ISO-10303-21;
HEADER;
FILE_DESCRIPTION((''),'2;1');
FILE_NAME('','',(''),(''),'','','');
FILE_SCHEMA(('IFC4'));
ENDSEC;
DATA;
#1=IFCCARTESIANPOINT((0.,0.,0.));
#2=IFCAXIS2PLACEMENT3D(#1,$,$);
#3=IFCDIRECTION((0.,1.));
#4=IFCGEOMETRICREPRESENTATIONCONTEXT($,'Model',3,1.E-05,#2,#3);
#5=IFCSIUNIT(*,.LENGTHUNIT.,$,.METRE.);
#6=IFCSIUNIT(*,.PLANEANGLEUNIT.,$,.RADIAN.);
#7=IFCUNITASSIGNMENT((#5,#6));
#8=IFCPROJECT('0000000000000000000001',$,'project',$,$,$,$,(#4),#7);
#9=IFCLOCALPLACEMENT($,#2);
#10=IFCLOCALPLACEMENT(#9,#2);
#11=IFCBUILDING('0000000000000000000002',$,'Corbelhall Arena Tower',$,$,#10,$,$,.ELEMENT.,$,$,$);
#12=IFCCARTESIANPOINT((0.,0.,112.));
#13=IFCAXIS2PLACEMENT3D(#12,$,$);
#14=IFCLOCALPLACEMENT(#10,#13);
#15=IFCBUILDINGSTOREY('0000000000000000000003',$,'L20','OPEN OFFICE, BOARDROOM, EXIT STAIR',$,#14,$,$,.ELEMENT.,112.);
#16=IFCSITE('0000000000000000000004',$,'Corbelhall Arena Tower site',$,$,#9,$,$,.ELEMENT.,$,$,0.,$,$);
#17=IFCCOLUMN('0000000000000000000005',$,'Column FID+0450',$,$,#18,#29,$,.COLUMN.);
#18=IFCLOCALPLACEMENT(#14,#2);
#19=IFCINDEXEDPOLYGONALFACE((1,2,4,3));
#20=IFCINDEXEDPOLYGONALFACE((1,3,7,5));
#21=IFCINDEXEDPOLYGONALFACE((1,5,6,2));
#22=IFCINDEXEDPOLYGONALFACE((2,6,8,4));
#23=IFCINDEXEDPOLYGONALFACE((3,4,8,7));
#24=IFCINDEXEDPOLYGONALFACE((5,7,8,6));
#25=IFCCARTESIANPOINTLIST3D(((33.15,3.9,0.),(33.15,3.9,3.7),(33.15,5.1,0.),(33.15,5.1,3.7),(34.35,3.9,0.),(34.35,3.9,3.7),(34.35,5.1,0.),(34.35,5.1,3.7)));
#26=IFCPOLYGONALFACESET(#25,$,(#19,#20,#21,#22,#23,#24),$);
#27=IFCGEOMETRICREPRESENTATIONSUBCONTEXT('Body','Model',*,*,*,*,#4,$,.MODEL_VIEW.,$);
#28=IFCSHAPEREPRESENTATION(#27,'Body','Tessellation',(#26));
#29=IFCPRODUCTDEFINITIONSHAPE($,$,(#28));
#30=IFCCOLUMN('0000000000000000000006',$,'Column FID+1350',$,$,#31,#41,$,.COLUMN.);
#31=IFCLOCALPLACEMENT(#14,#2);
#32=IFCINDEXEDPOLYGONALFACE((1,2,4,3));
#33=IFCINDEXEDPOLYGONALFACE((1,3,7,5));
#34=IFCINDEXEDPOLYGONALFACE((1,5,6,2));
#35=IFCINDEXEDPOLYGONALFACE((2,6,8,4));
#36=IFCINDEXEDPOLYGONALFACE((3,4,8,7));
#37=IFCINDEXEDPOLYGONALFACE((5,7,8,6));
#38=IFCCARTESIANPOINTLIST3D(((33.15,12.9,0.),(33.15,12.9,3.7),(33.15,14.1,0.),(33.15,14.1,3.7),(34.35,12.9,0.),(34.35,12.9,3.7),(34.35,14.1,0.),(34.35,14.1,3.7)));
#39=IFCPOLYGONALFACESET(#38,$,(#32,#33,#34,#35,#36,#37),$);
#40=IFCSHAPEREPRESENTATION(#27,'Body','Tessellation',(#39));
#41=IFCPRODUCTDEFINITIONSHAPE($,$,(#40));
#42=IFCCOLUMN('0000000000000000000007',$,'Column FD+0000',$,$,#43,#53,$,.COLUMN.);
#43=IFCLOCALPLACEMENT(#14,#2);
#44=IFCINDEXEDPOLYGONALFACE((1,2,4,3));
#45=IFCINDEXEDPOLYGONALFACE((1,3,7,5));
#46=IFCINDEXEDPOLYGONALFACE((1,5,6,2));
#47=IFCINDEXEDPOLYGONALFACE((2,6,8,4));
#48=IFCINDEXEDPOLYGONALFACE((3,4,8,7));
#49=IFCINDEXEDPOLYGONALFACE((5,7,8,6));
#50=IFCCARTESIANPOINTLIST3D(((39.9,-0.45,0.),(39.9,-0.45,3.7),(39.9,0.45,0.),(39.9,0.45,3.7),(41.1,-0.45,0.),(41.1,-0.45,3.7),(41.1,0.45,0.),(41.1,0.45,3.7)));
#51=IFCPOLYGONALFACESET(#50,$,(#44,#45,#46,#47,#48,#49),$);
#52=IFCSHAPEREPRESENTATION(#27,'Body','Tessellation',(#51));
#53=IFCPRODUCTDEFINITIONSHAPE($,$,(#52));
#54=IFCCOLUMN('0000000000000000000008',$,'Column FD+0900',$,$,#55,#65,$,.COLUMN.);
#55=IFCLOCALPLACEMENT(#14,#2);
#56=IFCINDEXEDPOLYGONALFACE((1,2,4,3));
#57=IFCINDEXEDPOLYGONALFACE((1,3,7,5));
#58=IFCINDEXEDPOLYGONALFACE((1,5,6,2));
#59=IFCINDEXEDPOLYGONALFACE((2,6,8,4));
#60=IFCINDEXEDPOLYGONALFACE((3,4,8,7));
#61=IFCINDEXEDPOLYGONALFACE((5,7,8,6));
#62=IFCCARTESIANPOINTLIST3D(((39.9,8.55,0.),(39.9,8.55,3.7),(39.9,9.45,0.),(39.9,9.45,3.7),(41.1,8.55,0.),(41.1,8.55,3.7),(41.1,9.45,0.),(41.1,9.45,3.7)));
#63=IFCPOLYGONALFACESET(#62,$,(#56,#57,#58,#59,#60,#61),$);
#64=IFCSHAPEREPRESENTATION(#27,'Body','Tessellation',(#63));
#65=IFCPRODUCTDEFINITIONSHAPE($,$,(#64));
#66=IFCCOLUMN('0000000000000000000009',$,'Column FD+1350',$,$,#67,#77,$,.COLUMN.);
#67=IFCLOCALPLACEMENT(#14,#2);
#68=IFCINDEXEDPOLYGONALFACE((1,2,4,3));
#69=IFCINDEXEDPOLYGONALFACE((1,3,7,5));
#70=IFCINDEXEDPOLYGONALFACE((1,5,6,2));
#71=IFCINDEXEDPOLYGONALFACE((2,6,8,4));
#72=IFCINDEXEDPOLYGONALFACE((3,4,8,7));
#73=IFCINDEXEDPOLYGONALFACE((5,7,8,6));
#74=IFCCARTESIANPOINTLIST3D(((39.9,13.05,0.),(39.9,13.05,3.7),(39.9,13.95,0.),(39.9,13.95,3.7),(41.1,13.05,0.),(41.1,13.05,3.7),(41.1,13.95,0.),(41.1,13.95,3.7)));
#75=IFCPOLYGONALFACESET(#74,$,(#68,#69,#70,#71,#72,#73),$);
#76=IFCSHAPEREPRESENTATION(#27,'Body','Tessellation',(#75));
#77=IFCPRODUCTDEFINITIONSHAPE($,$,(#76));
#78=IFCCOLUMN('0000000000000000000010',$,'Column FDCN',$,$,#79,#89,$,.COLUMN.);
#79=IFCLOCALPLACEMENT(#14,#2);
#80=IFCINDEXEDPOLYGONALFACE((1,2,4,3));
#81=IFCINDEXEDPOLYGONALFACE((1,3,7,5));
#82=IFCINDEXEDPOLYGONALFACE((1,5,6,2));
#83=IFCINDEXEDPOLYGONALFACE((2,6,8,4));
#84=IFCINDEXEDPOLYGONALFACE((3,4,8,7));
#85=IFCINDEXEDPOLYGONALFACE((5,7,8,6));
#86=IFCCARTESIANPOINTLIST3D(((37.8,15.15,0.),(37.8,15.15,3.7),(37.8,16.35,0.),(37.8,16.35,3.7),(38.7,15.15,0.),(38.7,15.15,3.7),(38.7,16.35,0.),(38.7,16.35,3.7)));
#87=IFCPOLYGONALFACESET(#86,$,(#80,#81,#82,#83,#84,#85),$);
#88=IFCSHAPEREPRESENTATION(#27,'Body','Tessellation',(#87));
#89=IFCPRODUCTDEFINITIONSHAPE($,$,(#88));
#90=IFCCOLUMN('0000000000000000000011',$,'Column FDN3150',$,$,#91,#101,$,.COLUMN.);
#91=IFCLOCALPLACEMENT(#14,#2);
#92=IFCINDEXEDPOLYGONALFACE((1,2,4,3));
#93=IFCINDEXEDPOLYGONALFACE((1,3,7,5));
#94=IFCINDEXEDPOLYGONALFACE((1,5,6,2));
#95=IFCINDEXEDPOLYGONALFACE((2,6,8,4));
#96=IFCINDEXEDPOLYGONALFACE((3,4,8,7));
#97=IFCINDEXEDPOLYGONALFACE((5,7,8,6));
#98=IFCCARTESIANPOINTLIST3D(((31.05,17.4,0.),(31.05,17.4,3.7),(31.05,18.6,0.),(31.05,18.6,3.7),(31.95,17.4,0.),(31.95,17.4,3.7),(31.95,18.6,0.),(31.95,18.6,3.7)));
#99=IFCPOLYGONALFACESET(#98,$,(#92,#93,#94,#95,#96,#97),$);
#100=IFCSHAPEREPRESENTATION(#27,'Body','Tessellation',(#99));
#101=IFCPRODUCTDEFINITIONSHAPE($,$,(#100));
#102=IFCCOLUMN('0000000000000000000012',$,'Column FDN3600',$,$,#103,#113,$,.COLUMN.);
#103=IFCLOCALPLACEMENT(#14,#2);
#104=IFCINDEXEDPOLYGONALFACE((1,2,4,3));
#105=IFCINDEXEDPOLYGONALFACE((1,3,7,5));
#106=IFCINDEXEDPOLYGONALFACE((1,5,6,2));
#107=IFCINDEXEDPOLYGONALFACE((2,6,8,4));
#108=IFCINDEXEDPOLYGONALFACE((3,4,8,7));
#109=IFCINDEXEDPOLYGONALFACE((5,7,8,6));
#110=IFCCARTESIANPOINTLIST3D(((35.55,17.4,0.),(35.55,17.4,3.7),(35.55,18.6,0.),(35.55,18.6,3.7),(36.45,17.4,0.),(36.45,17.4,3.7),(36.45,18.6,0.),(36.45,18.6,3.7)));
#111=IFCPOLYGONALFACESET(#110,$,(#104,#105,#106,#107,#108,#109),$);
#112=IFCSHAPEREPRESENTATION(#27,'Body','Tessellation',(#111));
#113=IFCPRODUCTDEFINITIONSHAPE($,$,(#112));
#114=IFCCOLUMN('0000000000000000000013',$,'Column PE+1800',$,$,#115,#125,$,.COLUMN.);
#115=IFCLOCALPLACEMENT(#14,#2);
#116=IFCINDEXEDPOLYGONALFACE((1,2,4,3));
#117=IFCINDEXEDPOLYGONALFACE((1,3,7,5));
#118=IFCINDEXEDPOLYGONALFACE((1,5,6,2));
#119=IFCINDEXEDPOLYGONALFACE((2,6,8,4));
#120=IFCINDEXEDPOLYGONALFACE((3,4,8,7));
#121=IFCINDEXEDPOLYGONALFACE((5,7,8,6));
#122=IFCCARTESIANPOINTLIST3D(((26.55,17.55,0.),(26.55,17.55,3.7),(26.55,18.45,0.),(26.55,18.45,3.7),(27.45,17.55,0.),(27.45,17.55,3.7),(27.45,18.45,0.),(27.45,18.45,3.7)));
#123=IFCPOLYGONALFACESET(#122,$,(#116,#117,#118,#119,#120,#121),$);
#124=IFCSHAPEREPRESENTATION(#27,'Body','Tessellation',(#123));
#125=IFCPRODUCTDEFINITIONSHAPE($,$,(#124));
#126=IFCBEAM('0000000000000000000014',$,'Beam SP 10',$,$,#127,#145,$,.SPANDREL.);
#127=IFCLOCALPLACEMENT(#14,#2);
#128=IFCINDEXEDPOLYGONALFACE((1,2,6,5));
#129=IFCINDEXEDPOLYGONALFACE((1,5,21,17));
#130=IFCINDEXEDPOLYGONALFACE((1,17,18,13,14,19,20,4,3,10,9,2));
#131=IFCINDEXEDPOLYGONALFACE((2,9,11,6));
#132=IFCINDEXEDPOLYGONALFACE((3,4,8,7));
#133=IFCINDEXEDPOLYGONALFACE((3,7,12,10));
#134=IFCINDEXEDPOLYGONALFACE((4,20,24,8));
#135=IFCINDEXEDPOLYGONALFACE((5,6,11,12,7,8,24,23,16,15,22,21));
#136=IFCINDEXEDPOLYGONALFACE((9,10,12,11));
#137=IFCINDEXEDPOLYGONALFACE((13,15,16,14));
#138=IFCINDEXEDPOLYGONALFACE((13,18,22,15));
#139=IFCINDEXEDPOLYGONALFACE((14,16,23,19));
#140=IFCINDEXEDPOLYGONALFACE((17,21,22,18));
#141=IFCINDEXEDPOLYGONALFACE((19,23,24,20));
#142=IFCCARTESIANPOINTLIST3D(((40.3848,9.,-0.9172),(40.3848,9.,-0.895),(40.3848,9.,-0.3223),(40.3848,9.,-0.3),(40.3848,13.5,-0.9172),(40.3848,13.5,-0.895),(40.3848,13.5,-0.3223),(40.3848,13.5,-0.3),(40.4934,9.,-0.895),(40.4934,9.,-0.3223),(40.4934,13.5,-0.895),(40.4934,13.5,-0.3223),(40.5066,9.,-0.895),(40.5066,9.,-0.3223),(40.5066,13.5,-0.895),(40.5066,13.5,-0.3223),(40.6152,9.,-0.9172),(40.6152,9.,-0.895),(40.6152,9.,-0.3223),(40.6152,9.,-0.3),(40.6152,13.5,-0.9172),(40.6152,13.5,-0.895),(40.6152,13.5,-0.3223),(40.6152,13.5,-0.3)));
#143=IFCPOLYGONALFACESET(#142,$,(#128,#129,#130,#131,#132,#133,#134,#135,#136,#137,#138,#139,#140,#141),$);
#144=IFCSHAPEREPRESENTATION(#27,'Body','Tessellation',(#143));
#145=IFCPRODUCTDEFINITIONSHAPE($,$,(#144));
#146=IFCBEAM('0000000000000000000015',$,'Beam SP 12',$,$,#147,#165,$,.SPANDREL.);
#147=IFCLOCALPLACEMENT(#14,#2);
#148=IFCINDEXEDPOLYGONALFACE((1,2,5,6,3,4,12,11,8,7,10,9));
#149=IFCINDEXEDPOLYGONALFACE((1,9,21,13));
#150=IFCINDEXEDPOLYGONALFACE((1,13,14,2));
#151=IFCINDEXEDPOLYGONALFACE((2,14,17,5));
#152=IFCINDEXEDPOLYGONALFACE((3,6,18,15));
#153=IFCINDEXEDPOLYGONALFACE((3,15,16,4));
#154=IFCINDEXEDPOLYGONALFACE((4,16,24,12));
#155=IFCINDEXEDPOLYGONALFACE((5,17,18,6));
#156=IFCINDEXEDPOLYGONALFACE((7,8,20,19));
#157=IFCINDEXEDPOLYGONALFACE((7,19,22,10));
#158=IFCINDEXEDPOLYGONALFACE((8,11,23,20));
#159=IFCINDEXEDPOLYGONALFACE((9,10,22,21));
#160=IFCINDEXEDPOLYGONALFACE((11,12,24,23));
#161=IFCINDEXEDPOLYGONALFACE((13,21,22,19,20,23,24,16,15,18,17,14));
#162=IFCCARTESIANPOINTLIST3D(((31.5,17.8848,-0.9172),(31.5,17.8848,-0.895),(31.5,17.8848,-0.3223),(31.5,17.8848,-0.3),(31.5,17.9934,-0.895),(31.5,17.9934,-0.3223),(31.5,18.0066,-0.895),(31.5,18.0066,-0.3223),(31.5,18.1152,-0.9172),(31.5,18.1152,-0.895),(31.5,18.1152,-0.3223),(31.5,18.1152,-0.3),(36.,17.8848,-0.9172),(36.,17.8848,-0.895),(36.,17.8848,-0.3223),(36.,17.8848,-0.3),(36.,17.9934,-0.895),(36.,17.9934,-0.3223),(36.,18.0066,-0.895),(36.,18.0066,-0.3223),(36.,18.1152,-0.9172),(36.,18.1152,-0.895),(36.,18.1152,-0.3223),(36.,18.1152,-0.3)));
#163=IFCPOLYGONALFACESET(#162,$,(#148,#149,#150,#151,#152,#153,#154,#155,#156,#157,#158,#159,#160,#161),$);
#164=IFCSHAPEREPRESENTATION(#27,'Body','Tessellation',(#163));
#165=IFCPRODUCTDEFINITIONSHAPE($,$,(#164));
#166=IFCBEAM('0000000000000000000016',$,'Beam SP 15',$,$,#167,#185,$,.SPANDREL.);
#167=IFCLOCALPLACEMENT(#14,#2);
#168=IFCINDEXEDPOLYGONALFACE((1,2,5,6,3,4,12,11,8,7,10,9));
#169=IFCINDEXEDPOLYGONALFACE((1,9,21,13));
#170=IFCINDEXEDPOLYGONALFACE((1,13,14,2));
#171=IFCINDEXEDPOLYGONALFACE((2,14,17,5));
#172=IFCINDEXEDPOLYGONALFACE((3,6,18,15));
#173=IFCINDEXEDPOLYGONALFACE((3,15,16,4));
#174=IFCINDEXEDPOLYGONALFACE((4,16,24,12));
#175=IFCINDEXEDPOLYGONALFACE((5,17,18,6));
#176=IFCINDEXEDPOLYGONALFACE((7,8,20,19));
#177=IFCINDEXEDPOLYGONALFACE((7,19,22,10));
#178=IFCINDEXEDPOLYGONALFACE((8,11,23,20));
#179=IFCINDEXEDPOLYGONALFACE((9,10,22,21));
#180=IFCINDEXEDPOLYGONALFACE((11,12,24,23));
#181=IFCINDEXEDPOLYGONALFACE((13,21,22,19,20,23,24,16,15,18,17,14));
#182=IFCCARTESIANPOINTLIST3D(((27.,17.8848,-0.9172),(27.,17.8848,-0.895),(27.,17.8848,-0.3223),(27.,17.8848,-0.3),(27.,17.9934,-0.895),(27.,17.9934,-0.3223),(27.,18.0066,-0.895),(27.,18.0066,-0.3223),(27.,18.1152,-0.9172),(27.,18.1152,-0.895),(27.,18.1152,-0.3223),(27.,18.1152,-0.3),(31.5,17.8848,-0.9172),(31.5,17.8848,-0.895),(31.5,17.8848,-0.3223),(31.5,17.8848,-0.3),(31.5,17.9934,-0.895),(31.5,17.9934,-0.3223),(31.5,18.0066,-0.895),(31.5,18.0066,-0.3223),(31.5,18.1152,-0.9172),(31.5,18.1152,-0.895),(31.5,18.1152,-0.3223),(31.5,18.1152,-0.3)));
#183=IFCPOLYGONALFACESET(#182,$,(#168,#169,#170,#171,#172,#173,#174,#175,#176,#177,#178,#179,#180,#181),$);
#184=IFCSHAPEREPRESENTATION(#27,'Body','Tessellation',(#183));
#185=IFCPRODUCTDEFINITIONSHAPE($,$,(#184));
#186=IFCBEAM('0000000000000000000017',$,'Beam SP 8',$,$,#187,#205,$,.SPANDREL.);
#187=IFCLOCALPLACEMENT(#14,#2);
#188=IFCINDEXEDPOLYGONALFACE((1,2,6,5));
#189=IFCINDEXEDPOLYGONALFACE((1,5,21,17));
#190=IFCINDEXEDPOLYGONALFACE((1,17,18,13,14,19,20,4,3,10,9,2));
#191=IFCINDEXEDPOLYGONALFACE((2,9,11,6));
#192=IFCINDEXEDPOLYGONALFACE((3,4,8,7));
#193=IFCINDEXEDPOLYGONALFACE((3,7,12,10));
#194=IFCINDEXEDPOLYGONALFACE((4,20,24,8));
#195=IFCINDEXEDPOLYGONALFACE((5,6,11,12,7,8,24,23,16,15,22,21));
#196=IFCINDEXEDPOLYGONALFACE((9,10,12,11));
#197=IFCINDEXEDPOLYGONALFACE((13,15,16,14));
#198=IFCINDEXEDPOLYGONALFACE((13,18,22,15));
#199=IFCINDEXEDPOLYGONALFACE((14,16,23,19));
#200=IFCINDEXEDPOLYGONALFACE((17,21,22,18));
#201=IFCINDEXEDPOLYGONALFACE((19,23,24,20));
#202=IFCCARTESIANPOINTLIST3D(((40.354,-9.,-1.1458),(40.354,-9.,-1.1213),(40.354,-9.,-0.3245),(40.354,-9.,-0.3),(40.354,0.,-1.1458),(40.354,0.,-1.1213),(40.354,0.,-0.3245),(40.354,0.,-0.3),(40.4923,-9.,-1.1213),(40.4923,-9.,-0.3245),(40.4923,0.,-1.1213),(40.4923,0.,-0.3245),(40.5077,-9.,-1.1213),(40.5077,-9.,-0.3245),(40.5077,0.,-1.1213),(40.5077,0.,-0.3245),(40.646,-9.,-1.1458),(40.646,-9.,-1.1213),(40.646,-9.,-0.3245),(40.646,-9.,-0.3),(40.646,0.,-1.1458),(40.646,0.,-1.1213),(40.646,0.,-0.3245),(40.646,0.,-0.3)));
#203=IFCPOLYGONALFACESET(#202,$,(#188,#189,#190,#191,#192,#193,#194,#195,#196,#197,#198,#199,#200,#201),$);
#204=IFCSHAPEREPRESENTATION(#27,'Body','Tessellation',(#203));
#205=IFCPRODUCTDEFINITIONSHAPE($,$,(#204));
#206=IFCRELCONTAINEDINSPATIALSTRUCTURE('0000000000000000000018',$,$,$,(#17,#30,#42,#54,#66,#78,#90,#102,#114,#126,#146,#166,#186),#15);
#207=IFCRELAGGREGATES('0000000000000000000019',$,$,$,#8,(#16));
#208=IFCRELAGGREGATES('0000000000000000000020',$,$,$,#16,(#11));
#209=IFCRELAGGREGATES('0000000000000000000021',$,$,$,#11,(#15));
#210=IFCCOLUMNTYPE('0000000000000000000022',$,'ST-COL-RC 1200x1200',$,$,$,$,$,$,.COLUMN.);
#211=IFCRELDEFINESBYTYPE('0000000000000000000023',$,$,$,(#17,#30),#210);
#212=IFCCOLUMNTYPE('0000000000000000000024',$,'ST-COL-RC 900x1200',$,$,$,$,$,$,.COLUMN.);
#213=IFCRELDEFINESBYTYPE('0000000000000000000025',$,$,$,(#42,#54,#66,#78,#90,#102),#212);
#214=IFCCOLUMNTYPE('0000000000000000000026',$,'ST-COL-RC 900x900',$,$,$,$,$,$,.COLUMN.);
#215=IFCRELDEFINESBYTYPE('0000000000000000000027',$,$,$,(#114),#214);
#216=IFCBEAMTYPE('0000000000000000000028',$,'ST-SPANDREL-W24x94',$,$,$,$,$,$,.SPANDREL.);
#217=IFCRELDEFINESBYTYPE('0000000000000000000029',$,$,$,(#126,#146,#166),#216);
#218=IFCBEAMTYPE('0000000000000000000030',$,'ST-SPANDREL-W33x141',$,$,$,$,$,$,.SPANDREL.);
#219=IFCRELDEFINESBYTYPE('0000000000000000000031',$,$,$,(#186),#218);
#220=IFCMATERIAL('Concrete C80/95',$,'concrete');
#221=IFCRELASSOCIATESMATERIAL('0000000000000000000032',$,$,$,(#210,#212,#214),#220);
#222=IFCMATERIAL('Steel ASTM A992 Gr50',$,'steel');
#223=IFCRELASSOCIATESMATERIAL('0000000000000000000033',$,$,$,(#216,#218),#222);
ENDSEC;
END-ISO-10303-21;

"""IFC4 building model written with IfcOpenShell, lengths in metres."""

from ifc_helpers import new_model, si_unit, direction, frame, origin, origin_2d, place, context, subcontext, project, spatial, rectangle, i_section, extrude, material, material_profile, profile_set, type_object, element, save


model = new_model("IFC4")

# Units and contexts
model_context = context("Model", 3, precision=1e-05, world=origin(), true_north=direction((0.0, 1.0)))
body_context = subcontext(model_context, "Body", "Model", "MODEL_VIEW")
ifc_project = project(units=[si_unit("LENGTHUNIT", "METRE"), si_unit("PLANEANGLEUNIT", "RADIAN")], contexts=[model_context])

# Site, building, storey
site_placement = place(None, origin())
site = spatial("IfcSite", under=ifc_project, at=site_placement, Name="Corbelhall Arena Tower site", CompositionType="ELEMENT", RefElevation=0.0)
building_placement = place(site_placement, origin())
building = spatial("IfcBuilding", under=site, at=building_placement, Name="Corbelhall Arena Tower", CompositionType="ELEMENT")
storey_placement = place(building_placement, frame((0.0, 0.0, 112.0)))
storey = spatial("IfcBuildingStorey", under=building, at=storey_placement, Name="L20", Description="OPEN OFFICE, BOARDROOM, EXIT STAIR", CompositionType="ELEMENT", Elevation=112.0)

# Columns
ifc_material_1 = material(Name="Concrete C80/95", Category="concrete")
ifc_material_profile_1 = material_profile(ifc_material_1, rectangle(XDim=1.2, YDim=1.2, at=origin_2d()))
ifc_profile_set_1 = profile_set([ifc_material_profile_1], Name="Concrete C80/95")
column_type_1 = type_object("IfcColumnType", Name="ST-COL-RC 1200x1200", PredefinedType="COLUMN", material=ifc_profile_set_1)
for number, where, z_axis, x_axis, name in (
    (1, (33.75, 4.5, 0.0), (0.0, 0.0, 1.0), (1.0, 0.0, 0.0), "Column FID+0450"),
    (2, (33.75, 13.5, 0.0), (0.0, 0.0, 1.0), (1.0, 0.0, 0.0), "Column FID+1350"),
):
    element("IfcColumn", number, at=place(storey_placement, frame(where, z_axis=z_axis, x_axis=x_axis)), inside=storey, type_object=column_type_1, Name=name, PredefinedType="COLUMN", context=body_context, shape_type="SweptSolid", body=[
        extrude(rectangle(XDim=1.2, YDim=1.2, at=origin_2d()), origin(), (0.0, 0.0, 1.0), 3.7),
    ])
ifc_material_profile_2 = material_profile(ifc_material_1, rectangle(XDim=0.8999, YDim=1.2, at=origin_2d()))
ifc_profile_set_2 = profile_set([ifc_material_profile_2], Name="Concrete C80/95")
column_type_2 = type_object("IfcColumnType", Name="ST-COL-RC 900x1200", PredefinedType="COLUMN", material=ifc_profile_set_2)
for number, where, z_axis, x_axis, name in (
    (3, (40.5, 0.0, 0.0), (0.0, 0.0, 1.0), (0.0, 1.0, 0.0), "Column FD+0000"),
    (4, (40.5, 9.0, 0.0), (0.0, 0.0, 1.0), (0.0, 1.0, 0.0), "Column FD+0900"),
    (5, (40.5, 13.5, 0.0), (0.0, 0.0, 1.0), (0.0, 1.0, 0.0), "Column FD+1350"),
    (6, (38.25, 15.75, 0.0), (0.0, 0.0, 1.0), (1.0, 0.0, 0.0), "Column FDCN"),
    (7, (31.5, 18.0, 0.0), (0.0, 0.0, 1.0), (1.0, 0.0, 0.0), "Column FDN3150"),
    (8, (36.0, 18.0, 0.0), (0.0, 0.0, 1.0), (1.0, 0.0, 0.0), "Column FDN3600"),
):
    element("IfcColumn", number, at=place(storey_placement, frame(where, z_axis=z_axis, x_axis=x_axis)), inside=storey, type_object=column_type_2, Name=name, PredefinedType="COLUMN", context=body_context, shape_type="SweptSolid", body=[
        extrude(rectangle(XDim=0.8999, YDim=1.2, at=origin_2d()), origin(), (0.0, 0.0, 1.0), 3.7),
    ])
ifc_material_profile_3 = material_profile(ifc_material_1, rectangle(XDim=0.8999, YDim=0.8999, at=origin_2d()))
ifc_profile_set_3 = profile_set([ifc_material_profile_3], Name="Concrete C80/95")
column_type_3 = type_object("IfcColumnType", Name="ST-COL-RC 900x900", PredefinedType="COLUMN", material=ifc_profile_set_3)
column_placement = place(storey_placement, frame((27.0, 18.0, 0.0), z_axis=(0.0, 0.0, 1.0), x_axis=(1.0, 0.0, 0.0)))
element("IfcColumn", 9, at=column_placement, inside=storey, type_object=column_type_3, Name="Column PE+1800", PredefinedType="COLUMN", context=body_context, shape_type="SweptSolid", body=[
    extrude(rectangle(XDim=0.8999, YDim=0.8999, at=origin_2d()), origin(), (0.0, 0.0, 1.0), 3.7),
])

# Beams
ifc_material_2 = material(Name="Steel ASTM A992 Gr50", Category="steel")
ifc_material_profile_4 = material_profile(ifc_material_2, i_section(OverallWidth=0.2305, OverallDepth=0.6172, WebThickness=0.0132, FlangeThickness=0.0222, at=origin_2d()))
ifc_profile_set_4 = profile_set([ifc_material_profile_4], Name="Steel ASTM A992 Gr50")
beam_type_1 = type_object("IfcBeamType", Name="ST-SPANDREL-W24x94", PredefinedType="SPANDREL", material=ifc_profile_set_4)
for number, where, z_axis, x_axis, name in (
    (10, (40.5, 13.5, -0.6086), (0.0, -1.0, 0.0), (1.0, 0.0, 0.0), "Beam SP 10"),
    (11, (31.5, 18.0, -0.6086), (1.0, 0.0, 0.0), (0.0, 1.0, 0.0), "Beam SP 12"),
    (12, (27.0, 18.0, -0.6086), (1.0, 0.0, 0.0), (0.0, 1.0, 0.0), "Beam SP 15"),
):
    element("IfcBeam", number, at=place(storey_placement, frame(where, z_axis=z_axis, x_axis=x_axis)), inside=storey, type_object=beam_type_1, Name=name, PredefinedType="SPANDREL", context=body_context, shape_type="SweptSolid", body=[
        extrude(i_section(OverallWidth=0.2305, OverallDepth=0.6172, WebThickness=0.0132, FlangeThickness=0.0222, at=origin_2d()), origin(), (0.0, 0.0, 1.0), 4.5),
    ])
ifc_material_profile_5 = material_profile(ifc_material_2, i_section(OverallWidth=0.292, OverallDepth=0.8457, WebThickness=0.0154, FlangeThickness=0.0244, at=origin_2d()))
ifc_profile_set_5 = profile_set([ifc_material_profile_5], Name="Steel ASTM A992 Gr50")
beam_type_2 = type_object("IfcBeamType", Name="ST-SPANDREL-W33x141", PredefinedType="SPANDREL", material=ifc_profile_set_5)
for number, where, z_axis, x_axis, name in (
    (13, (40.5, 0.0, -0.7229), (0.0, -1.0, 0.0), (1.0, 0.0, 0.0), "Beam SP 8"),
):
    element("IfcBeam", number, at=place(storey_placement, frame(where, z_axis=z_axis, x_axis=x_axis)), inside=storey, type_object=beam_type_2, Name=name, PredefinedType="SPANDREL", context=body_context, shape_type="SweptSolid", body=[
        extrude(i_section(OverallWidth=0.292, OverallDepth=0.8457, WebThickness=0.0154, FlangeThickness=0.0244, at=origin_2d()), origin(), (0.0, 0.0, 1.0), 9.0),
    ])

save(model, "model.ifc")
